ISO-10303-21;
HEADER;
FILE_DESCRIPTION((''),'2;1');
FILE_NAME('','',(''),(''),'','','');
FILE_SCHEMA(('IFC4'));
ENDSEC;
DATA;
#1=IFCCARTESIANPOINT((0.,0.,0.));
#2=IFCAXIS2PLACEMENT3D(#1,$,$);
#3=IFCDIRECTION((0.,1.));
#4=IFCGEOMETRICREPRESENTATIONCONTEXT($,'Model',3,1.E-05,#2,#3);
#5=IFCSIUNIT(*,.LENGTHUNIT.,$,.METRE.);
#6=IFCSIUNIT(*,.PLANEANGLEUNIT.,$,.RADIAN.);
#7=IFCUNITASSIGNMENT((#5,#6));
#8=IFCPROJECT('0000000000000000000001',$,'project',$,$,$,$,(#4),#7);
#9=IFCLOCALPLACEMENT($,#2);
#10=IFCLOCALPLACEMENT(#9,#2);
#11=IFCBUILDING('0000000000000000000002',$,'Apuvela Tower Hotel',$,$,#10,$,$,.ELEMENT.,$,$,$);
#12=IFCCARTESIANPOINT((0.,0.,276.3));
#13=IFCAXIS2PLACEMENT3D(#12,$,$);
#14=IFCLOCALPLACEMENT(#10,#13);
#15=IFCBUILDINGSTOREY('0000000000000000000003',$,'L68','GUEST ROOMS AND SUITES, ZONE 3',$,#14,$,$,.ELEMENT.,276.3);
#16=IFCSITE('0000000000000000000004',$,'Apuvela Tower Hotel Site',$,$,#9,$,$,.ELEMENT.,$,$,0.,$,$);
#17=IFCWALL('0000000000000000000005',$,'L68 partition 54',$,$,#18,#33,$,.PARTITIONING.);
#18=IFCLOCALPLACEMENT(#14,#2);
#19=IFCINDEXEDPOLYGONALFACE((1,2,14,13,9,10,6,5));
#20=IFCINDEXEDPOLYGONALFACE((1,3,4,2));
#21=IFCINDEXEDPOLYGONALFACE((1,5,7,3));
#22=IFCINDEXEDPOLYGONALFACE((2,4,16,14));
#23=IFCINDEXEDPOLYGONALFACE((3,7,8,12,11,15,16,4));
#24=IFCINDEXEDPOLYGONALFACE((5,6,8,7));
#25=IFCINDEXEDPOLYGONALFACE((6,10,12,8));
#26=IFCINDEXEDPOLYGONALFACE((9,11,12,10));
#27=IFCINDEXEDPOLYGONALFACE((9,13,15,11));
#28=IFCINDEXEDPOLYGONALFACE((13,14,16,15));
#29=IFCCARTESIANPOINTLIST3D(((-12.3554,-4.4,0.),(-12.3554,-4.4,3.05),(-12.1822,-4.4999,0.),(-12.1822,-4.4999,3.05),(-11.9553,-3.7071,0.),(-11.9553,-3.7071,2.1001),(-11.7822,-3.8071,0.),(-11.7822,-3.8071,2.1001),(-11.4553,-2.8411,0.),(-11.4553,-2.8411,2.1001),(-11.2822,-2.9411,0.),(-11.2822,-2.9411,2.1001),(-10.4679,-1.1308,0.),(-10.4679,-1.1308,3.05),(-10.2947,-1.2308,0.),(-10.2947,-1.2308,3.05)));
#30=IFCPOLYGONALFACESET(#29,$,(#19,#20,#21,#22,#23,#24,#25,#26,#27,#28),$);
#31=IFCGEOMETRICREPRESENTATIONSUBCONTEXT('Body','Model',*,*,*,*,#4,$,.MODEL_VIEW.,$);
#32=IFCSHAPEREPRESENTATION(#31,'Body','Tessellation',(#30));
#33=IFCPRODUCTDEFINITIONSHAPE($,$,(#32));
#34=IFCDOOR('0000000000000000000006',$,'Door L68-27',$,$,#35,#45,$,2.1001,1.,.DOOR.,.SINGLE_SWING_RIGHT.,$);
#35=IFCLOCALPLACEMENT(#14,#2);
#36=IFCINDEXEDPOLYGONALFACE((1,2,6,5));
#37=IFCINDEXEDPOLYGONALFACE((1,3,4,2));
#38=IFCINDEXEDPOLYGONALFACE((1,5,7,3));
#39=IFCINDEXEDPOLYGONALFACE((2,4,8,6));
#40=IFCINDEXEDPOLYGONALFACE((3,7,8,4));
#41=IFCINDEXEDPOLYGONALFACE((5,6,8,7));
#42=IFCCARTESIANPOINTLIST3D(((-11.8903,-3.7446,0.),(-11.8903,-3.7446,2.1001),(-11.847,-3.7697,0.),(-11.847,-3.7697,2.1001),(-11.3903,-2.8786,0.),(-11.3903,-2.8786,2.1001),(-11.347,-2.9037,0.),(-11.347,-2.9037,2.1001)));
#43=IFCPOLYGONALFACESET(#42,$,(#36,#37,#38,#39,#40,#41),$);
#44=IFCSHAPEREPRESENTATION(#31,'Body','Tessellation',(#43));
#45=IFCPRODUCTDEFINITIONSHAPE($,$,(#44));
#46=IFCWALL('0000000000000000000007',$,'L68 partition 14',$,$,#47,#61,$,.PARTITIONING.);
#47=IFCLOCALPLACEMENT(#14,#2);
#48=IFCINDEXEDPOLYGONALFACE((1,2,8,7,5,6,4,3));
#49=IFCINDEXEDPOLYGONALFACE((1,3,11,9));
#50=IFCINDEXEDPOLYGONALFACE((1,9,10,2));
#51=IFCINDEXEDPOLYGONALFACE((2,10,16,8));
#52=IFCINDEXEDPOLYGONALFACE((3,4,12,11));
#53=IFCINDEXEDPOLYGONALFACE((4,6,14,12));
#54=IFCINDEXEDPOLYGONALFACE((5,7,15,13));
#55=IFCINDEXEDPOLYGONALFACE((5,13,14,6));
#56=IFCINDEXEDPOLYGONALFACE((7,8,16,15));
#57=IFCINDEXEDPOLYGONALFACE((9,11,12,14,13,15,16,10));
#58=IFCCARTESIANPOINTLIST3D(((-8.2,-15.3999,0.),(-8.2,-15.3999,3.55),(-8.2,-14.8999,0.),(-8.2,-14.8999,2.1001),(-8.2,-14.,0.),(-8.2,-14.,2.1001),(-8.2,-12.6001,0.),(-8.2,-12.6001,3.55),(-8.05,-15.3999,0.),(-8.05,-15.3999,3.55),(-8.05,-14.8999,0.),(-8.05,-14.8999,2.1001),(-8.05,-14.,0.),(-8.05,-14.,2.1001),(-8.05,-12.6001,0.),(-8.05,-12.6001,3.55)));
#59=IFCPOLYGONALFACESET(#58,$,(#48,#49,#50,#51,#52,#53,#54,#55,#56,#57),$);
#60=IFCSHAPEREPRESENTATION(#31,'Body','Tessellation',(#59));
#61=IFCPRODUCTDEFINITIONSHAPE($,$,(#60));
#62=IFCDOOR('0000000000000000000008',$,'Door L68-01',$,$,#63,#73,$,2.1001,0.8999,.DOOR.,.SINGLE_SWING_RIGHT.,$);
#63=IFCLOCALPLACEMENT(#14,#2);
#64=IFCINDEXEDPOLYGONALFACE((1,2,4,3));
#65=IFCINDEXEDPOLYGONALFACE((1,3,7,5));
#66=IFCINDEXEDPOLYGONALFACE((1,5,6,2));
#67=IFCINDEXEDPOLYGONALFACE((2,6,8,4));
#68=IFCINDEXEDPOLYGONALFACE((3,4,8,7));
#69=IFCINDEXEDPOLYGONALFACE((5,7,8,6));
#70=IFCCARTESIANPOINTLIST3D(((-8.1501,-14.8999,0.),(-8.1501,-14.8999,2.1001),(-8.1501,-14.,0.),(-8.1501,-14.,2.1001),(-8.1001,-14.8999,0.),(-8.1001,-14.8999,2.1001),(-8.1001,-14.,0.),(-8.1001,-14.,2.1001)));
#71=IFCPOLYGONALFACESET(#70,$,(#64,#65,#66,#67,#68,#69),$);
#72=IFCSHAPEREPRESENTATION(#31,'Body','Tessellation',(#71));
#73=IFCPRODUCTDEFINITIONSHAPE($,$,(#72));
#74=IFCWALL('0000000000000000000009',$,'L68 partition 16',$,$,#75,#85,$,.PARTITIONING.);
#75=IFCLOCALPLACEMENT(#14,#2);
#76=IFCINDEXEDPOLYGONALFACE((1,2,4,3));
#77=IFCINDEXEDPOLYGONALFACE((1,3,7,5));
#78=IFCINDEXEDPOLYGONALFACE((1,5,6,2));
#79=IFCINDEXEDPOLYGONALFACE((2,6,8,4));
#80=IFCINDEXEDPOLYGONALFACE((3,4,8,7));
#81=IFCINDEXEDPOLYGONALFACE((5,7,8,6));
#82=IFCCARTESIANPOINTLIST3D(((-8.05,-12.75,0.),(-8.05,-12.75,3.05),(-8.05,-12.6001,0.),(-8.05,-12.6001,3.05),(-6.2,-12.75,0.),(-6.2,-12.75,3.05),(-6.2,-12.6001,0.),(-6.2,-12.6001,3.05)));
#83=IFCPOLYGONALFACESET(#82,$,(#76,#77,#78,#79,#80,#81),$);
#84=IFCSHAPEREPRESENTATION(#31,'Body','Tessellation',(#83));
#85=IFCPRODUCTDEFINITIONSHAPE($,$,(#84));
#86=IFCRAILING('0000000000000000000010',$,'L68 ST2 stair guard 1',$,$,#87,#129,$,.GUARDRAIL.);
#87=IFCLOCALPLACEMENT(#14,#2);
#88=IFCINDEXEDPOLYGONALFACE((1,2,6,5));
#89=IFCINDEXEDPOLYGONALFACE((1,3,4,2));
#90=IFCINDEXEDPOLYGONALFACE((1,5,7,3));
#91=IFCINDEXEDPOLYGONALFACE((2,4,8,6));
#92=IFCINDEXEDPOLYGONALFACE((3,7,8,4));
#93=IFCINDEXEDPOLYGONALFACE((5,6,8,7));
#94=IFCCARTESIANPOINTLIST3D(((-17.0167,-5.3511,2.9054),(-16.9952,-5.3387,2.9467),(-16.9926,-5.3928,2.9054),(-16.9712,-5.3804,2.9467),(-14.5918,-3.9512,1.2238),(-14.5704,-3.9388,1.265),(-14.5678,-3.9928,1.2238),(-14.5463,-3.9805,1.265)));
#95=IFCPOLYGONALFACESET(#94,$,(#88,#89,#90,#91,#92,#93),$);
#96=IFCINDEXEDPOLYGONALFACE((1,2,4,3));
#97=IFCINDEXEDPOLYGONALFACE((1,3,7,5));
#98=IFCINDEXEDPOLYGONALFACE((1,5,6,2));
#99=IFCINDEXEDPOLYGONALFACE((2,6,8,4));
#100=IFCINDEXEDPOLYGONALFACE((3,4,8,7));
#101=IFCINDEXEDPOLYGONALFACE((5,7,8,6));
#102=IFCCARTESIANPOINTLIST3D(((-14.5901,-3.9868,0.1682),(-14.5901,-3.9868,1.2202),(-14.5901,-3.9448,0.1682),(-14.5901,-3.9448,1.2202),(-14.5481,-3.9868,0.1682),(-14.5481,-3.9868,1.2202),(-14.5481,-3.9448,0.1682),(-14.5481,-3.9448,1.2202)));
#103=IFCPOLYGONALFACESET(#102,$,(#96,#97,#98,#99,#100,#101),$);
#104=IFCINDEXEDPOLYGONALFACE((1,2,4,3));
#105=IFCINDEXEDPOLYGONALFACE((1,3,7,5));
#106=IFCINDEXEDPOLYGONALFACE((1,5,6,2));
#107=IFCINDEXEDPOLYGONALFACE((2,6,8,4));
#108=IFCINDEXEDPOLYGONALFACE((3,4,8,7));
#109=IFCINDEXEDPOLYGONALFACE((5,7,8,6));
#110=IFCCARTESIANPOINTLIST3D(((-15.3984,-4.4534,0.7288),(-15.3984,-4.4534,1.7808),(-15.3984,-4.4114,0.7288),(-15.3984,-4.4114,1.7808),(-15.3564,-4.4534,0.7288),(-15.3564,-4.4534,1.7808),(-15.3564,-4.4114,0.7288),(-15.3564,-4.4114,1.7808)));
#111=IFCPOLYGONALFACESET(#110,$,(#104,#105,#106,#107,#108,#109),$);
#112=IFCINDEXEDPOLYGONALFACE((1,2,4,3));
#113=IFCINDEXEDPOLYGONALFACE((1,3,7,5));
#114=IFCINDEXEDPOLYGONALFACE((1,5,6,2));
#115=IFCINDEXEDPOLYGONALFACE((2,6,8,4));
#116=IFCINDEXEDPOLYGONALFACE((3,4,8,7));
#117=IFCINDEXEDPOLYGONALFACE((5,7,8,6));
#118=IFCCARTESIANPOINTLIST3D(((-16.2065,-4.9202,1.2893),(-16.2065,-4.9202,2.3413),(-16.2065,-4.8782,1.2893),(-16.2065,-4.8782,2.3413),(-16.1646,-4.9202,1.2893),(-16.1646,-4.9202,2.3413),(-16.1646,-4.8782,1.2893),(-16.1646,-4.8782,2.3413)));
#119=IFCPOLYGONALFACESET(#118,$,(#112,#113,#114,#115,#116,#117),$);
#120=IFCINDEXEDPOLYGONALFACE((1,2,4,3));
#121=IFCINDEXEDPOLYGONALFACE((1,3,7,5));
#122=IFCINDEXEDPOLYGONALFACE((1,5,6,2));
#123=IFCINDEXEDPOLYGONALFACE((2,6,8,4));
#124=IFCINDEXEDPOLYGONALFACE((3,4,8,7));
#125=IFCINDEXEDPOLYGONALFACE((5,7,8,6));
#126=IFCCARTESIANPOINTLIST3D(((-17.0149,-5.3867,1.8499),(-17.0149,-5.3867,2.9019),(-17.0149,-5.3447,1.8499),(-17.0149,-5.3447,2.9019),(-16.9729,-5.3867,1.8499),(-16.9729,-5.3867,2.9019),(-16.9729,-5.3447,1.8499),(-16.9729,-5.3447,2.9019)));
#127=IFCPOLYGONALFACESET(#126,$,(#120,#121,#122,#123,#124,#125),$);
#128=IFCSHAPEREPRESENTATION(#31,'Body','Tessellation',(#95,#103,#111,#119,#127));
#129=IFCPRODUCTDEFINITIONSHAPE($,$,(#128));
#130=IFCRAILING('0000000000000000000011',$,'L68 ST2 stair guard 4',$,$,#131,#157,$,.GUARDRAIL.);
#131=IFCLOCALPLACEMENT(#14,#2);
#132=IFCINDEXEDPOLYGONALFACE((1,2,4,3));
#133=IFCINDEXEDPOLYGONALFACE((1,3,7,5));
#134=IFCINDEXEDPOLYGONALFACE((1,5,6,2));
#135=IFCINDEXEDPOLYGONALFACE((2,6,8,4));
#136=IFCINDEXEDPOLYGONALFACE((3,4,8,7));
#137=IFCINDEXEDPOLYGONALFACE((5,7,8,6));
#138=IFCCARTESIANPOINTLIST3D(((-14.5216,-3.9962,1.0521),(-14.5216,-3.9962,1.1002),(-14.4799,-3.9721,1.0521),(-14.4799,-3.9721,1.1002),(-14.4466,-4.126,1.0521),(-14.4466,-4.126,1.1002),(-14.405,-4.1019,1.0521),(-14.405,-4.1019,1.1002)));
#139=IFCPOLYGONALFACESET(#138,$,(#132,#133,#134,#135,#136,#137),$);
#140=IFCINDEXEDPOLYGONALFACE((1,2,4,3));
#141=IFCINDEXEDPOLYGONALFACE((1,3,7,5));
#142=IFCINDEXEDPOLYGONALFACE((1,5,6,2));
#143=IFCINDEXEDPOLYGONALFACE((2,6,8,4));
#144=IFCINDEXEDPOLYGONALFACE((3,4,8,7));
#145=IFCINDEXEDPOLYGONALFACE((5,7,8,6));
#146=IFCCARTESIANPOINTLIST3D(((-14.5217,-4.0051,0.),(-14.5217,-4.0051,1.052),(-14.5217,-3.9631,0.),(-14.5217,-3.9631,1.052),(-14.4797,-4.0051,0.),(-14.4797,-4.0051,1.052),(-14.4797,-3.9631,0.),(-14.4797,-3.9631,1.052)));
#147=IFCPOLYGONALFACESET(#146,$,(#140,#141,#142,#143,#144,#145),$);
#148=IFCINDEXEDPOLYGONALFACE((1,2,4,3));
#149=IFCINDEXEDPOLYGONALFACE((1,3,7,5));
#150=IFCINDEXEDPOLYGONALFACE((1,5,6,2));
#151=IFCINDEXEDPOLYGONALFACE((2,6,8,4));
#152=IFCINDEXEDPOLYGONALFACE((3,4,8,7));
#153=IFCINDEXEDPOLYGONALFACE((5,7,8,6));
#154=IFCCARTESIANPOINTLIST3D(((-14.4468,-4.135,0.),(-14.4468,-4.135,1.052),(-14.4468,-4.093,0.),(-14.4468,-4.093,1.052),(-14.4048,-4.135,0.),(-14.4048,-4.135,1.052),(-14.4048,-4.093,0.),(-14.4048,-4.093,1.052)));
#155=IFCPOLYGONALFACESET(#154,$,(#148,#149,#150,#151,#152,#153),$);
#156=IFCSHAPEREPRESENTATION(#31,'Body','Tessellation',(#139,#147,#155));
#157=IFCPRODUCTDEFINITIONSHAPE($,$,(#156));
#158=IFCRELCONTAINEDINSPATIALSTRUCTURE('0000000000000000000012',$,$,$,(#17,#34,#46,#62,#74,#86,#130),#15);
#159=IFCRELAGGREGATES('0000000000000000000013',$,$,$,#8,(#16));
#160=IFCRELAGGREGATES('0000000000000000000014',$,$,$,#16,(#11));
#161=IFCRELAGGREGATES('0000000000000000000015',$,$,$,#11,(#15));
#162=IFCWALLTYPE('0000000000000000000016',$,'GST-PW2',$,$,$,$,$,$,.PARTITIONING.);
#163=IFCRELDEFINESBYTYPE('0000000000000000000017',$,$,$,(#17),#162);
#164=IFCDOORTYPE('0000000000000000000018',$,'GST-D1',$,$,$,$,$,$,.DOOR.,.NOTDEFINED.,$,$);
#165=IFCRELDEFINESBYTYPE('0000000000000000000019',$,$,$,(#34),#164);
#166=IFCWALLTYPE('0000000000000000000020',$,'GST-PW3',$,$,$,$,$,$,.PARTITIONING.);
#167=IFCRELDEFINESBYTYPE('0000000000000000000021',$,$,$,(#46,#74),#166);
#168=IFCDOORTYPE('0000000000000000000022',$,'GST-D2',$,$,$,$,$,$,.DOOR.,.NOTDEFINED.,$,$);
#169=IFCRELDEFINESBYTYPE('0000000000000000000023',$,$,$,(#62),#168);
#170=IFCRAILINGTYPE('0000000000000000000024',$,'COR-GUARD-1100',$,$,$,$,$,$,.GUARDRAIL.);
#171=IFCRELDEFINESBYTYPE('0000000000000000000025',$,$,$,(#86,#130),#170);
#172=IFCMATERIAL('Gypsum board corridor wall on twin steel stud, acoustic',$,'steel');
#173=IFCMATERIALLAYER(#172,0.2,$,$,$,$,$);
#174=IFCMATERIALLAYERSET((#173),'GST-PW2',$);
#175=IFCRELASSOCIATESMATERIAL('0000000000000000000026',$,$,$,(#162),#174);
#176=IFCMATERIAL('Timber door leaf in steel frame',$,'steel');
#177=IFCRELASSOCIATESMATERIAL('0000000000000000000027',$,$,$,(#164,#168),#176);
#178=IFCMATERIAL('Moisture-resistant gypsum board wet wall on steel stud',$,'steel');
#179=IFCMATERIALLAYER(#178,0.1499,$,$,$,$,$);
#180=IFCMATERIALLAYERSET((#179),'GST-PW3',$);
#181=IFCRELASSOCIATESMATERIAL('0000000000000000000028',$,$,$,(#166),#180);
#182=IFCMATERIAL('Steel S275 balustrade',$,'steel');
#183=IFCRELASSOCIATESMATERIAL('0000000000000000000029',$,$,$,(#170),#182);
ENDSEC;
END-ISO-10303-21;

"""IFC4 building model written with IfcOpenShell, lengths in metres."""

from ifc_helpers import new_model, si_unit, direction, frame, frame_2d, origin, origin_2d, place, context, subcontext, project, spatial, rectangle, extrude, material, layer, layer_set, type_object, element, fill, save


model = new_model("IFC4")

# Units and contexts
model_context = context("Model", 3, precision=1e-05, world=origin(), true_north=direction((0.0, 1.0)))
body_context = subcontext(model_context, "Body", "Model", "MODEL_VIEW")
ifc_project = project(units=[si_unit("LENGTHUNIT", "METRE"), si_unit("PLANEANGLEUNIT", "RADIAN")], contexts=[model_context])

# Site, building, storey
site_placement = place(None, origin())
site = spatial("IfcSite", under=ifc_project, at=site_placement, Name="Apuvela Tower Hotel Site", CompositionType="ELEMENT", RefElevation=0.0)
building_placement = place(site_placement, origin())
building = spatial("IfcBuilding", under=site, at=building_placement, Name="Apuvela Tower Hotel", CompositionType="ELEMENT")
storey_placement = place(building_placement, frame((0.0, 0.0, 276.3)))
storey = spatial("IfcBuildingStorey", under=building, at=storey_placement, Name="L68", Description="GUEST ROOMS AND SUITES, ZONE 3", CompositionType="ELEMENT", Elevation=276.3)

# Walls, openings, doors
ifc_material_1 = material(Name="Gypsum board corridor wall on twin steel stud, acoustic", Category="steel")
ifc_layer_1 = layer(ifc_material_1, 0.2)
ifc_layer_set_1 = layer_set([ifc_layer_1], Name="GST-PW2")
wall_type_1 = type_object("IfcWallType", Name="GST-PW2", PredefinedType="PARTITIONING", material=ifc_layer_set_1)
ifc_material_2 = material(Name="Timber door leaf in steel frame", Category="steel")
door_type_1 = type_object("IfcDoorType", Name="GST-D1", OperationType="NOTDEFINED", PredefinedType="DOOR", material=ifc_material_2)
wall_1_placement = place(storey_placement, frame((-12.2688, -4.45, 0.0), z_axis=(0.0, 0.0, 1.0), x_axis=(0.500014, 0.866018, 0.0)))
wall_1 = element("IfcWall", 1, at=wall_1_placement, inside=storey, type_object=wall_type_1, Name="L68 partition 54", PredefinedType="PARTITIONING", context=body_context, shape_type="SweptSolid", body=[
    extrude(rectangle(XDim=3.7749, YDim=0.2, at=frame_2d((1.8875, 0.0))), origin(), (0.0, 0.0, 1.0), 3.05),
])
opening_1_placement = place(wall_1_placement, frame((0.8, 0.0, 0.0)))
opening_1 = element("IfcOpeningElement", 2, at=opening_1_placement, cuts=wall_1, PredefinedType="OPENING", context=body_context, shape_type="SweptSolid", body=[
    extrude(rectangle(XDim=1.0, YDim=2.1001, at=frame_2d((0.5, 1.05))), frame((0.0, 0.1099, 0.0), z_axis=(0.0, -1.0, 0.0), x_axis=(1.0, 0.0, 0.0)), (0.0, 0.0, 1.0), 0.22),
])
door_1_placement = place(opening_1_placement, origin())
door_1 = element("IfcDoor", 3, at=door_1_placement, inside=storey, type_object=door_type_1, Name="Door L68-27", OperationType="SINGLE_SWING_RIGHT", OverallHeight=2.1001, OverallWidth=1.0, PredefinedType="DOOR", context=body_context, shape_type="SweptSolid", body=[
    extrude(rectangle(XDim=1.0, YDim=2.1001, at=frame_2d((0.5, 1.05))), frame((0.0, 0.0249, 0.0), z_axis=(0.0, -1.0, 0.0), x_axis=(1.0, 0.0, 0.0)), (0.0, 0.0, 1.0), 0.05),
])
fill(opening_1, door_1)
ifc_material_3 = material(Name="Moisture-resistant gypsum board wet wall on steel stud", Category="steel")
ifc_layer_2 = layer(ifc_material_3, 0.1499)
ifc_layer_set_2 = layer_set([ifc_layer_2], Name="GST-PW3")
wall_type_2 = type_object("IfcWallType", Name="GST-PW3", PredefinedType="PARTITIONING", material=ifc_layer_set_2)
wall_2_placement = place(storey_placement, frame((-8.125, -12.6001, 0.0), z_axis=(0.0, 0.0, 1.0), x_axis=(0.0, -1.0, 0.0)))
wall_2 = element("IfcWall", 4, at=wall_2_placement, inside=storey, type_object=wall_type_2, Name="L68 partition 14", PredefinedType="PARTITIONING", context=body_context, shape_type="SweptSolid", body=[
    extrude(rectangle(XDim=2.7998, YDim=0.1499, at=frame_2d((1.3999, 0.0))), origin(), (0.0, 0.0, 1.0), 3.55),
])
opening_2_placement = place(wall_2_placement, frame((1.3999, 0.0, 0.0)))
opening_2 = element("IfcOpeningElement", 5, at=opening_2_placement, cuts=wall_2, PredefinedType="OPENING", context=body_context, shape_type="SweptSolid", body=[
    extrude(rectangle(XDim=0.8999, YDim=2.1001, at=frame_2d((0.45, 1.05))), frame((0.0, 0.085, 0.0), z_axis=(0.0, -1.0, 0.0), x_axis=(1.0, 0.0, 0.0)), (0.0, 0.0, 1.0), 0.1699),
])
door_type_2 = type_object("IfcDoorType", Name="GST-D2", OperationType="NOTDEFINED", PredefinedType="DOOR", material=ifc_material_2)
door_2_placement = place(opening_2_placement, origin())
door_2 = element("IfcDoor", 6, at=door_2_placement, inside=storey, type_object=door_type_2, Name="Door L68-01", OperationType="SINGLE_SWING_RIGHT", OverallHeight=2.1001, OverallWidth=0.8999, PredefinedType="DOOR", context=body_context, shape_type="SweptSolid", body=[
    extrude(rectangle(XDim=0.8999, YDim=2.1001, at=frame_2d((0.45, 1.05))), frame((0.0, 0.0249, 0.0), z_axis=(0.0, -1.0, 0.0), x_axis=(1.0, 0.0, 0.0)), (0.0, 0.0, 1.0), 0.05),
])
fill(opening_2, door_2)

# Wall
wall_3_placement = place(storey_placement, frame((-8.05, -12.675, 0.0), z_axis=(0.0, 0.0, 1.0), x_axis=(1.0, 0.0, 0.0)))
element("IfcWall", 7, at=wall_3_placement, inside=storey, type_object=wall_type_2, Name="L68 partition 16", PredefinedType="PARTITIONING", context=body_context, shape_type="SweptSolid", body=[
    extrude(rectangle(XDim=1.8501, YDim=0.1499, at=frame_2d((0.925, 0.0))), origin(), (0.0, 0.0, 1.0), 3.05),
])

# Railings
ifc_material_4 = material(Name="Steel S275 balustrade", Category="steel")
railing_type = type_object("IfcRailingType", Name="COR-GUARD-1100", PredefinedType="GUARDRAIL", material=ifc_material_4)
railing_1_placement = place(storey_placement, frame((-14.5691, -3.9658, 0.1682)))
element("IfcRailing", 8, at=railing_1_placement, inside=storey, type_object=railing_type, Name="L68 ST2 stair guard 1", PredefinedType="GUARDRAIL", context=body_context, shape_type="SweptSolid", body=[
    extrude(rectangle(XDim=0.0481, YDim=0.0481, at=origin_2d()), frame((0.0, 0.0, 1.0762), z_axis=(-0.742419, -0.428618, 0.514879), x_axis=(0.499984, -0.866035, 0.0)), (0.0, 0.0, 1.0), 3.2661),
    extrude(rectangle(XDim=0.042, YDim=0.042, at=origin_2d()), origin(), (0.0, 0.0, 1.0), 1.052),
    extrude(rectangle(XDim=0.042, YDim=0.042, at=origin_2d()), frame((-0.8083, -0.4666, 0.5605)), (0.0, 0.0, 1.0), 1.052),
    extrude(rectangle(XDim=0.042, YDim=0.042, at=origin_2d()), frame((-1.6165, -0.9333, 1.1211)), (0.0, 0.0, 1.0), 1.052),
    extrude(rectangle(XDim=0.042, YDim=0.042, at=origin_2d()), frame((-2.4248, -1.3999, 1.6816)), (0.0, 0.0, 1.0), 1.052),
])
railing_2_placement = place(storey_placement, frame((-14.5007, -3.9841, 0.0)))
element("IfcRailing", 9, at=railing_2_placement, inside=storey, type_object=railing_type, Name="L68 ST2 stair guard 4", PredefinedType="GUARDRAIL", context=body_context, shape_type="SweptSolid", body=[
    extrude(rectangle(XDim=0.0481, YDim=0.0481, at=origin_2d()), frame((0.0, 0.0, 1.0762), z_axis=(0.499816, -0.866131, 0.0), x_axis=(0.866131, 0.499816, 0.0)), (0.0, 0.0, 1.0), 0.1499),
    extrude(rectangle(XDim=0.042, YDim=0.042, at=origin_2d()), origin(), (0.0, 0.0, 1.0), 1.052),
    extrude(rectangle(XDim=0.042, YDim=0.042, at=origin_2d()), frame((0.075, -0.1299, 0.0)), (0.0, 0.0, 1.0), 1.052),
])

save(model, "model.ifc")
